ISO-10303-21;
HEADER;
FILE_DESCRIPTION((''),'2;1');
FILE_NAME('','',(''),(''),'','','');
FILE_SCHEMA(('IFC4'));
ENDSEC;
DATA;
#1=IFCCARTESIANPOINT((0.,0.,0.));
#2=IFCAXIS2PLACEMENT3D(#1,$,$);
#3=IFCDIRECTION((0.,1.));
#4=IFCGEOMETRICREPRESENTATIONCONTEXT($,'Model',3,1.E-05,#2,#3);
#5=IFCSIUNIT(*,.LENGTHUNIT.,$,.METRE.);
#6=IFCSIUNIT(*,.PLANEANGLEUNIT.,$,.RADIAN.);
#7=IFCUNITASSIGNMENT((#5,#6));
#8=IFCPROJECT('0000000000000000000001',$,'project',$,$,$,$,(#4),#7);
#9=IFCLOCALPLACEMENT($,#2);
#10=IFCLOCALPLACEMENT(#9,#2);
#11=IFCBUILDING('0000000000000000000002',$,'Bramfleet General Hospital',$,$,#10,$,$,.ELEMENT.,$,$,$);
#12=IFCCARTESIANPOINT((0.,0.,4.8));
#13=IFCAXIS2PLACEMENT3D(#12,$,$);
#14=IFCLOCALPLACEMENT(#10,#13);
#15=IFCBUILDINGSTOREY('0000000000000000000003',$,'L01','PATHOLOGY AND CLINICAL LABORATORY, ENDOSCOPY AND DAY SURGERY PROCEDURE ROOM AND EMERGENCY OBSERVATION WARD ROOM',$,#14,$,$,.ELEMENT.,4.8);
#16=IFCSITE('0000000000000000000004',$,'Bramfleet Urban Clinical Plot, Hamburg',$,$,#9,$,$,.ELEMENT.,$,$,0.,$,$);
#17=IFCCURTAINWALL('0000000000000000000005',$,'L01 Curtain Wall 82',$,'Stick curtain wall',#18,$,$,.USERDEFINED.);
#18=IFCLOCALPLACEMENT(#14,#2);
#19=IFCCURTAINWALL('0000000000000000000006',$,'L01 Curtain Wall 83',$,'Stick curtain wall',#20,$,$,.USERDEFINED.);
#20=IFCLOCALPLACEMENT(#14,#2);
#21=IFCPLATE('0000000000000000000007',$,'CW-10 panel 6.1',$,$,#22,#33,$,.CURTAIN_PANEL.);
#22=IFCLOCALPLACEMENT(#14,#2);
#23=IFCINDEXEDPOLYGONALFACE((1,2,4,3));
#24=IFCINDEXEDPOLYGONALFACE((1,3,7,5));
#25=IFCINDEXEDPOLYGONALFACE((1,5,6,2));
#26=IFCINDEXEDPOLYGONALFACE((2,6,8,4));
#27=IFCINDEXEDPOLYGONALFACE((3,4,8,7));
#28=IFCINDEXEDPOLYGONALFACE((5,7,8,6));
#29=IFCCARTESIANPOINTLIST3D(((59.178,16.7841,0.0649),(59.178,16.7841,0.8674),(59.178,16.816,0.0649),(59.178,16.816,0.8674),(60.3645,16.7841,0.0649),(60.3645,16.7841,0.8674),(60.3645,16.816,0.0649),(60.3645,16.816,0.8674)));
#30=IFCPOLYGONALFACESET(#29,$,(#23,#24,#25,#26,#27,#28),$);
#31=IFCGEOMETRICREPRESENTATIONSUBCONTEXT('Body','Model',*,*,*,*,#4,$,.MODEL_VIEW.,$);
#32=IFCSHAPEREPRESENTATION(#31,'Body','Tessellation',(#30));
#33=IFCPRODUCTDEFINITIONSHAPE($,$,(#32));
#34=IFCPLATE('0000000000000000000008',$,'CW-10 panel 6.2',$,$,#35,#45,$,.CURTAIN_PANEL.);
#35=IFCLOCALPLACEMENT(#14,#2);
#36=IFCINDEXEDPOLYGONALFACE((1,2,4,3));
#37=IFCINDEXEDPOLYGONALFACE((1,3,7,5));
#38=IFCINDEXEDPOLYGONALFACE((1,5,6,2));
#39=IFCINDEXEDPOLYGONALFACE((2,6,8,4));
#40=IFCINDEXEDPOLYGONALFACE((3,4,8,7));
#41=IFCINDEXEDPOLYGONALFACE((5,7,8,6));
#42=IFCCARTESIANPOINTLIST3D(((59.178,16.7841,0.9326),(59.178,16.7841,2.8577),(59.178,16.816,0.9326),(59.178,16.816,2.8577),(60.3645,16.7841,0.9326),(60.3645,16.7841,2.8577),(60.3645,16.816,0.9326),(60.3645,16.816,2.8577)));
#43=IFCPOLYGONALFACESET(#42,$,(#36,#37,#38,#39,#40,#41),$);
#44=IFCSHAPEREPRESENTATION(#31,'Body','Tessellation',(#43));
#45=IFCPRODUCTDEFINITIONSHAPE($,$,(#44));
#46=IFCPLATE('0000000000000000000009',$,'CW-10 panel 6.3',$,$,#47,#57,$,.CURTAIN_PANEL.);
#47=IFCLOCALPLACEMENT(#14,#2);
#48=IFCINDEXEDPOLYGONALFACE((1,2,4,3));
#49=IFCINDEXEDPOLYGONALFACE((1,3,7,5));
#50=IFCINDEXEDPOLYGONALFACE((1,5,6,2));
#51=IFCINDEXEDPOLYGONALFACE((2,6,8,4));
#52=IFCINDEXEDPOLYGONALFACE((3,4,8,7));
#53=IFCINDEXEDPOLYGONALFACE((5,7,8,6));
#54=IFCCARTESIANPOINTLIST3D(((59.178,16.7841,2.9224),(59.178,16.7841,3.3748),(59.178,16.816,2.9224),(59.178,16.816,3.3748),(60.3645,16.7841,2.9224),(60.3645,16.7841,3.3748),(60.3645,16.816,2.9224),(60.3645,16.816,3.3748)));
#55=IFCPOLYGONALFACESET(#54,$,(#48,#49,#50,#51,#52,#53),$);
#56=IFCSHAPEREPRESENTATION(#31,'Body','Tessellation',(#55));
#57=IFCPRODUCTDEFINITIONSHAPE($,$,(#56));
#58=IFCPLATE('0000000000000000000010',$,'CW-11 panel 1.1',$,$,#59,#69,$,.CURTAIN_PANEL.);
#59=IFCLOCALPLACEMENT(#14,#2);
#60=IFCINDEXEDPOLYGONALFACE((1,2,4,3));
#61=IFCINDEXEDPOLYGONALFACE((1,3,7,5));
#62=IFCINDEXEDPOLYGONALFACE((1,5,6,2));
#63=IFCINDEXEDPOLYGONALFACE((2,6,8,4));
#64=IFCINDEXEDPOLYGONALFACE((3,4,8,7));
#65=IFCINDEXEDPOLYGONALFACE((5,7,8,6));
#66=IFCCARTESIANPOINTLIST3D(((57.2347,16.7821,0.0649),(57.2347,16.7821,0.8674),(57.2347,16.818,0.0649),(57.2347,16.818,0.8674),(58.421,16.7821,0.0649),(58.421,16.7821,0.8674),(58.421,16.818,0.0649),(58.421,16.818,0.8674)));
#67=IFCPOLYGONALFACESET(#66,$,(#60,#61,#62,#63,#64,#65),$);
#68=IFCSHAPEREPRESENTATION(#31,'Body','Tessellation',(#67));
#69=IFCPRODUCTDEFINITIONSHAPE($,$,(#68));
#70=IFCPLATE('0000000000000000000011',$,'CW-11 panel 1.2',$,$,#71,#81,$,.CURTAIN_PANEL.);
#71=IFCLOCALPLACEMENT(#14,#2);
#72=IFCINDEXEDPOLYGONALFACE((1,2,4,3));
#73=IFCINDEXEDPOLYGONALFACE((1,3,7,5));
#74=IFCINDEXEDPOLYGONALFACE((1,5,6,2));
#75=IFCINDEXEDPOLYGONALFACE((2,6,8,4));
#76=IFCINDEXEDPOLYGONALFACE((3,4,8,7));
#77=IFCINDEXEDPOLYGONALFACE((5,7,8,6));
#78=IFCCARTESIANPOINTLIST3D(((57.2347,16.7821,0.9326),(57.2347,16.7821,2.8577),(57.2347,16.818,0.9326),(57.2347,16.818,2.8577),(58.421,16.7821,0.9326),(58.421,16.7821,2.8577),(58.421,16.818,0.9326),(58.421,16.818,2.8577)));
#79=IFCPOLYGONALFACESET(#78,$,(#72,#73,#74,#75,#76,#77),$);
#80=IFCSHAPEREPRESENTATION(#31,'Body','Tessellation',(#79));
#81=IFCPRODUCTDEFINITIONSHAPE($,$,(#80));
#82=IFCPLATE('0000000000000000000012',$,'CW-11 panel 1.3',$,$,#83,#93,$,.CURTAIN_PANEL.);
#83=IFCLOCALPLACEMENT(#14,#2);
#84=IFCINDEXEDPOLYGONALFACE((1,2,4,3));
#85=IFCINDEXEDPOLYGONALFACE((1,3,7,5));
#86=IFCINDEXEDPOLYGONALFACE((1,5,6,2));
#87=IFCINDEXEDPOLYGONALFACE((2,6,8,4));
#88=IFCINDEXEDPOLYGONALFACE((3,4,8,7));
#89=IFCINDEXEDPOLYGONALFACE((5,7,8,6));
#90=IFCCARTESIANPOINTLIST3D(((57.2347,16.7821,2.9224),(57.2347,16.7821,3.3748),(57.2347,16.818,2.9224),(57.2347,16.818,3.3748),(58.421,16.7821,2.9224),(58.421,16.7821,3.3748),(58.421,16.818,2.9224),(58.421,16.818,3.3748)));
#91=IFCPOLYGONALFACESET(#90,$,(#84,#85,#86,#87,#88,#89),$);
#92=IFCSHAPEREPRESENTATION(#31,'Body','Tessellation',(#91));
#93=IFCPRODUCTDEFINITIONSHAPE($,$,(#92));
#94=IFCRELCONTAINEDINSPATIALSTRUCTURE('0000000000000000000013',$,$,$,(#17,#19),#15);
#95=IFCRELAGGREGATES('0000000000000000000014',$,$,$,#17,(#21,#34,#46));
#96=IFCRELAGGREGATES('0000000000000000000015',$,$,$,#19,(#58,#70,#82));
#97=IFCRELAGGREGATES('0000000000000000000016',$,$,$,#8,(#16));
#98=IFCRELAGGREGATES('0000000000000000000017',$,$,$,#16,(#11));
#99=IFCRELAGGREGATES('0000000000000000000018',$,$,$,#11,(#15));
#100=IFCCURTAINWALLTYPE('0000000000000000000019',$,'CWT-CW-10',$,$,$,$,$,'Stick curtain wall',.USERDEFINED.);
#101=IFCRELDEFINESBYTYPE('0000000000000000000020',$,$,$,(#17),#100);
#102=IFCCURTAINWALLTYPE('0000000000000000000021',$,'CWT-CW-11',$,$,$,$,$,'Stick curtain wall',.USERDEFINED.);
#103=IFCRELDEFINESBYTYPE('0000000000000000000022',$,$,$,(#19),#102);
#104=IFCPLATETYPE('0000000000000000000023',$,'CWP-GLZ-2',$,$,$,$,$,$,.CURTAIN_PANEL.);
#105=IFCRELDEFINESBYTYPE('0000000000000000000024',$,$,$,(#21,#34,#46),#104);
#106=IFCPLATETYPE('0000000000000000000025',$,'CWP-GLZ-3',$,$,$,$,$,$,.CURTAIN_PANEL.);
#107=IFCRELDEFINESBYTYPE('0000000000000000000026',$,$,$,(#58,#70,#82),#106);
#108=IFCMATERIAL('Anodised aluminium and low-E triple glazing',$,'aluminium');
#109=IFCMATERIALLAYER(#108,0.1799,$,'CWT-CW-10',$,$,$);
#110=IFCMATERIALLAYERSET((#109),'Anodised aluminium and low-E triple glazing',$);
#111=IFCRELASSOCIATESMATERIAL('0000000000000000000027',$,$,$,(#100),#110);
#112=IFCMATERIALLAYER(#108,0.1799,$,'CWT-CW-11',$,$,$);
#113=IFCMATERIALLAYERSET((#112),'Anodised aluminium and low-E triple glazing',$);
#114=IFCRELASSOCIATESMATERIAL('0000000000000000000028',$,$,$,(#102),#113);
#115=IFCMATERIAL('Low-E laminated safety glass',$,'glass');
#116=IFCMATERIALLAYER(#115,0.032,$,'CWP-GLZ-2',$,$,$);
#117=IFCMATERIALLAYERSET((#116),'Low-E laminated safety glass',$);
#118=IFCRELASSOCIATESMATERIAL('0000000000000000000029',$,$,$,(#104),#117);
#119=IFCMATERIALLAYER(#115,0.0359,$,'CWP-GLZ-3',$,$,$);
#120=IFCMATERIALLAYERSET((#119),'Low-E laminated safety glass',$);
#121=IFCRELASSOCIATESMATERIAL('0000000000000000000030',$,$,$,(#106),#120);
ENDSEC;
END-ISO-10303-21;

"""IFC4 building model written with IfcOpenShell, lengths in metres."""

from ifc_helpers import new_model, si_unit, direction, frame, origin, origin_2d, place, context, subcontext, project, spatial, rectangle, extrude, material, layer, layer_set, type_object, element, aggregate, save


model = new_model("IFC4")

# Units and contexts
model_context = context("Model", 3, precision=1e-05, world=origin(), true_north=direction((0.0, 1.0)))
body_context = subcontext(model_context, "Body", "Model", "MODEL_VIEW")
ifc_project = project(units=[si_unit("LENGTHUNIT", "METRE"), si_unit("PLANEANGLEUNIT", "RADIAN")], contexts=[model_context])

# Site, building, storey
site_placement = place(None, origin())
site = spatial("IfcSite", under=ifc_project, at=site_placement, Name="Bramfleet Urban Clinical Plot, Hamburg", CompositionType="ELEMENT", RefElevation=0.0)
building_placement = place(site_placement, origin())
building = spatial("IfcBuilding", under=site, at=building_placement, Name="Bramfleet General Hospital", CompositionType="ELEMENT")
storey_placement = place(building_placement, frame((0.0, 0.0, 4.8)))
storey = spatial("IfcBuildingStorey", under=building, at=storey_placement, Name="L01", Description="PATHOLOGY AND CLINICAL LABORATORY, ENDOSCOPY AND DAY SURGERY PROCEDURE ROOM AND EMERGENCY OBSERVATION WARD ROOM", CompositionType="ELEMENT", Elevation=4.8)

# Curtain wall
ifc_material_1 = material(Name="Anodised aluminium and low-E triple glazing", Category="aluminium")
ifc_layer_1 = layer(ifc_material_1, 0.1799, Name="CWT-CW-10")
ifc_layer_set_1 = layer_set([ifc_layer_1], Name="Anodised aluminium and low-E triple glazing")
curtain_wall_type_1 = type_object("IfcCurtainWallType", Name="CWT-CW-10", ElementType="Stick curtain wall", PredefinedType="USERDEFINED", material=ifc_layer_set_1)
curtain_wall_1_placement = place(storey_placement, origin())
curtain_wall_1 = element("IfcCurtainWall", 1, at=curtain_wall_1_placement, inside=storey, type_object=curtain_wall_type_1, Name="L01 Curtain Wall 82", ObjectType="Stick curtain wall", PredefinedType="USERDEFINED")

# Curtain wall
ifc_layer_2 = layer(ifc_material_1, 0.1799, Name="CWT-CW-11")
ifc_layer_set_2 = layer_set([ifc_layer_2], Name="Anodised aluminium and low-E triple glazing")
curtain_wall_type_2 = type_object("IfcCurtainWallType", Name="CWT-CW-11", ElementType="Stick curtain wall", PredefinedType="USERDEFINED", material=ifc_layer_set_2)
curtain_wall_2_placement = place(storey_placement, origin())
curtain_wall_2 = element("IfcCurtainWall", 2, at=curtain_wall_2_placement, inside=storey, type_object=curtain_wall_type_2, Name="L01 Curtain Wall 83", ObjectType="Stick curtain wall", PredefinedType="USERDEFINED")

# Plates
ifc_material_2 = material(Name="Low-E laminated safety glass", Category="glass")
ifc_layer_3 = layer(ifc_material_2, 0.032, Name="CWP-GLZ-2")
ifc_layer_set_3 = layer_set([ifc_layer_3], Name="Low-E laminated safety glass")
plate_type_1 = type_object("IfcPlateType", Name="CWP-GLZ-2", PredefinedType="CURTAIN_PANEL", material=ifc_layer_set_3)
plate_1_placement = place(storey_placement, frame((59.7712, 16.8, 0.0649), z_axis=(0.0, 0.0, 1.0), x_axis=(-1.0, 0.0, 0.0)))
plate_1 = element("IfcPlate", 3, at=plate_1_placement, type_object=plate_type_1, Name="CW-10 panel 6.1", PredefinedType="CURTAIN_PANEL", context=body_context, shape_type="SweptSolid", body=[
    extrude(rectangle(XDim=1.1865, YDim=0.032, at=origin_2d()), origin(), (0.0, 0.0, 1.0), 0.8025),
])
plate_2_placement = place(storey_placement, frame((59.7712, 16.8, 0.9326), z_axis=(0.0, 0.0, 1.0), x_axis=(-1.0, 0.0, 0.0)))
plate_2 = element("IfcPlate", 4, at=plate_2_placement, type_object=plate_type_1, Name="CW-10 panel 6.2", PredefinedType="CURTAIN_PANEL", context=body_context, shape_type="SweptSolid", body=[
    extrude(rectangle(XDim=1.1865, YDim=0.032, at=origin_2d()), origin(), (0.0, 0.0, 1.0), 1.925),
])
plate_3_placement = place(storey_placement, frame((59.7712, 16.8, 2.9224), z_axis=(0.0, 0.0, 1.0), x_axis=(-1.0, 0.0, 0.0)))
plate_3 = element("IfcPlate", 5, at=plate_3_placement, type_object=plate_type_1, Name="CW-10 panel 6.3", PredefinedType="CURTAIN_PANEL", context=body_context, shape_type="SweptSolid", body=[
    extrude(rectangle(XDim=1.1865, YDim=0.032, at=origin_2d()), origin(), (0.0, 0.0, 1.0), 0.4524),
])
aggregate(curtain_wall_1, [plate_1, plate_2, plate_3])
ifc_layer_4 = layer(ifc_material_2, 0.0359, Name="CWP-GLZ-3")
ifc_layer_set_4 = layer_set([ifc_layer_4], Name="Low-E laminated safety glass")
plate_type_2 = type_object("IfcPlateType", Name="CWP-GLZ-3", PredefinedType="CURTAIN_PANEL", material=ifc_layer_set_4)
plate_4_placement = place(storey_placement, frame((57.8279, 16.8, 0.0649), z_axis=(0.0, 0.0, 1.0), x_axis=(-1.0, 0.0, 0.0)))
plate_4 = element("IfcPlate", 6, at=plate_4_placement, type_object=plate_type_2, Name="CW-11 panel 1.1", PredefinedType="CURTAIN_PANEL", context=body_context, shape_type="SweptSolid", body=[
    extrude(rectangle(XDim=1.1863, YDim=0.0359, at=origin_2d()), origin(), (0.0, 0.0, 1.0), 0.8025),
])
plate_5_placement = place(storey_placement, frame((57.8279, 16.8, 0.9326), z_axis=(0.0, 0.0, 1.0), x_axis=(-1.0, 0.0, 0.0)))
plate_5 = element("IfcPlate", 7, at=plate_5_placement, type_object=plate_type_2, Name="CW-11 panel 1.2", PredefinedType="CURTAIN_PANEL", context=body_context, shape_type="SweptSolid", body=[
    extrude(rectangle(XDim=1.1863, YDim=0.0359, at=origin_2d()), origin(), (0.0, 0.0, 1.0), 1.925),
])
plate_6_placement = place(storey_placement, frame((57.8279, 16.8, 2.9224), z_axis=(0.0, 0.0, 1.0), x_axis=(-1.0, 0.0, 0.0)))
plate_6 = element("IfcPlate", 8, at=plate_6_placement, type_object=plate_type_2, Name="CW-11 panel 1.3", PredefinedType="CURTAIN_PANEL", context=body_context, shape_type="SweptSolid", body=[
    extrude(rectangle(XDim=1.1863, YDim=0.0359, at=origin_2d()), origin(), (0.0, 0.0, 1.0), 0.4524),
])
aggregate(curtain_wall_2, [plate_4, plate_5, plate_6])

save(model, "model.ifc")
